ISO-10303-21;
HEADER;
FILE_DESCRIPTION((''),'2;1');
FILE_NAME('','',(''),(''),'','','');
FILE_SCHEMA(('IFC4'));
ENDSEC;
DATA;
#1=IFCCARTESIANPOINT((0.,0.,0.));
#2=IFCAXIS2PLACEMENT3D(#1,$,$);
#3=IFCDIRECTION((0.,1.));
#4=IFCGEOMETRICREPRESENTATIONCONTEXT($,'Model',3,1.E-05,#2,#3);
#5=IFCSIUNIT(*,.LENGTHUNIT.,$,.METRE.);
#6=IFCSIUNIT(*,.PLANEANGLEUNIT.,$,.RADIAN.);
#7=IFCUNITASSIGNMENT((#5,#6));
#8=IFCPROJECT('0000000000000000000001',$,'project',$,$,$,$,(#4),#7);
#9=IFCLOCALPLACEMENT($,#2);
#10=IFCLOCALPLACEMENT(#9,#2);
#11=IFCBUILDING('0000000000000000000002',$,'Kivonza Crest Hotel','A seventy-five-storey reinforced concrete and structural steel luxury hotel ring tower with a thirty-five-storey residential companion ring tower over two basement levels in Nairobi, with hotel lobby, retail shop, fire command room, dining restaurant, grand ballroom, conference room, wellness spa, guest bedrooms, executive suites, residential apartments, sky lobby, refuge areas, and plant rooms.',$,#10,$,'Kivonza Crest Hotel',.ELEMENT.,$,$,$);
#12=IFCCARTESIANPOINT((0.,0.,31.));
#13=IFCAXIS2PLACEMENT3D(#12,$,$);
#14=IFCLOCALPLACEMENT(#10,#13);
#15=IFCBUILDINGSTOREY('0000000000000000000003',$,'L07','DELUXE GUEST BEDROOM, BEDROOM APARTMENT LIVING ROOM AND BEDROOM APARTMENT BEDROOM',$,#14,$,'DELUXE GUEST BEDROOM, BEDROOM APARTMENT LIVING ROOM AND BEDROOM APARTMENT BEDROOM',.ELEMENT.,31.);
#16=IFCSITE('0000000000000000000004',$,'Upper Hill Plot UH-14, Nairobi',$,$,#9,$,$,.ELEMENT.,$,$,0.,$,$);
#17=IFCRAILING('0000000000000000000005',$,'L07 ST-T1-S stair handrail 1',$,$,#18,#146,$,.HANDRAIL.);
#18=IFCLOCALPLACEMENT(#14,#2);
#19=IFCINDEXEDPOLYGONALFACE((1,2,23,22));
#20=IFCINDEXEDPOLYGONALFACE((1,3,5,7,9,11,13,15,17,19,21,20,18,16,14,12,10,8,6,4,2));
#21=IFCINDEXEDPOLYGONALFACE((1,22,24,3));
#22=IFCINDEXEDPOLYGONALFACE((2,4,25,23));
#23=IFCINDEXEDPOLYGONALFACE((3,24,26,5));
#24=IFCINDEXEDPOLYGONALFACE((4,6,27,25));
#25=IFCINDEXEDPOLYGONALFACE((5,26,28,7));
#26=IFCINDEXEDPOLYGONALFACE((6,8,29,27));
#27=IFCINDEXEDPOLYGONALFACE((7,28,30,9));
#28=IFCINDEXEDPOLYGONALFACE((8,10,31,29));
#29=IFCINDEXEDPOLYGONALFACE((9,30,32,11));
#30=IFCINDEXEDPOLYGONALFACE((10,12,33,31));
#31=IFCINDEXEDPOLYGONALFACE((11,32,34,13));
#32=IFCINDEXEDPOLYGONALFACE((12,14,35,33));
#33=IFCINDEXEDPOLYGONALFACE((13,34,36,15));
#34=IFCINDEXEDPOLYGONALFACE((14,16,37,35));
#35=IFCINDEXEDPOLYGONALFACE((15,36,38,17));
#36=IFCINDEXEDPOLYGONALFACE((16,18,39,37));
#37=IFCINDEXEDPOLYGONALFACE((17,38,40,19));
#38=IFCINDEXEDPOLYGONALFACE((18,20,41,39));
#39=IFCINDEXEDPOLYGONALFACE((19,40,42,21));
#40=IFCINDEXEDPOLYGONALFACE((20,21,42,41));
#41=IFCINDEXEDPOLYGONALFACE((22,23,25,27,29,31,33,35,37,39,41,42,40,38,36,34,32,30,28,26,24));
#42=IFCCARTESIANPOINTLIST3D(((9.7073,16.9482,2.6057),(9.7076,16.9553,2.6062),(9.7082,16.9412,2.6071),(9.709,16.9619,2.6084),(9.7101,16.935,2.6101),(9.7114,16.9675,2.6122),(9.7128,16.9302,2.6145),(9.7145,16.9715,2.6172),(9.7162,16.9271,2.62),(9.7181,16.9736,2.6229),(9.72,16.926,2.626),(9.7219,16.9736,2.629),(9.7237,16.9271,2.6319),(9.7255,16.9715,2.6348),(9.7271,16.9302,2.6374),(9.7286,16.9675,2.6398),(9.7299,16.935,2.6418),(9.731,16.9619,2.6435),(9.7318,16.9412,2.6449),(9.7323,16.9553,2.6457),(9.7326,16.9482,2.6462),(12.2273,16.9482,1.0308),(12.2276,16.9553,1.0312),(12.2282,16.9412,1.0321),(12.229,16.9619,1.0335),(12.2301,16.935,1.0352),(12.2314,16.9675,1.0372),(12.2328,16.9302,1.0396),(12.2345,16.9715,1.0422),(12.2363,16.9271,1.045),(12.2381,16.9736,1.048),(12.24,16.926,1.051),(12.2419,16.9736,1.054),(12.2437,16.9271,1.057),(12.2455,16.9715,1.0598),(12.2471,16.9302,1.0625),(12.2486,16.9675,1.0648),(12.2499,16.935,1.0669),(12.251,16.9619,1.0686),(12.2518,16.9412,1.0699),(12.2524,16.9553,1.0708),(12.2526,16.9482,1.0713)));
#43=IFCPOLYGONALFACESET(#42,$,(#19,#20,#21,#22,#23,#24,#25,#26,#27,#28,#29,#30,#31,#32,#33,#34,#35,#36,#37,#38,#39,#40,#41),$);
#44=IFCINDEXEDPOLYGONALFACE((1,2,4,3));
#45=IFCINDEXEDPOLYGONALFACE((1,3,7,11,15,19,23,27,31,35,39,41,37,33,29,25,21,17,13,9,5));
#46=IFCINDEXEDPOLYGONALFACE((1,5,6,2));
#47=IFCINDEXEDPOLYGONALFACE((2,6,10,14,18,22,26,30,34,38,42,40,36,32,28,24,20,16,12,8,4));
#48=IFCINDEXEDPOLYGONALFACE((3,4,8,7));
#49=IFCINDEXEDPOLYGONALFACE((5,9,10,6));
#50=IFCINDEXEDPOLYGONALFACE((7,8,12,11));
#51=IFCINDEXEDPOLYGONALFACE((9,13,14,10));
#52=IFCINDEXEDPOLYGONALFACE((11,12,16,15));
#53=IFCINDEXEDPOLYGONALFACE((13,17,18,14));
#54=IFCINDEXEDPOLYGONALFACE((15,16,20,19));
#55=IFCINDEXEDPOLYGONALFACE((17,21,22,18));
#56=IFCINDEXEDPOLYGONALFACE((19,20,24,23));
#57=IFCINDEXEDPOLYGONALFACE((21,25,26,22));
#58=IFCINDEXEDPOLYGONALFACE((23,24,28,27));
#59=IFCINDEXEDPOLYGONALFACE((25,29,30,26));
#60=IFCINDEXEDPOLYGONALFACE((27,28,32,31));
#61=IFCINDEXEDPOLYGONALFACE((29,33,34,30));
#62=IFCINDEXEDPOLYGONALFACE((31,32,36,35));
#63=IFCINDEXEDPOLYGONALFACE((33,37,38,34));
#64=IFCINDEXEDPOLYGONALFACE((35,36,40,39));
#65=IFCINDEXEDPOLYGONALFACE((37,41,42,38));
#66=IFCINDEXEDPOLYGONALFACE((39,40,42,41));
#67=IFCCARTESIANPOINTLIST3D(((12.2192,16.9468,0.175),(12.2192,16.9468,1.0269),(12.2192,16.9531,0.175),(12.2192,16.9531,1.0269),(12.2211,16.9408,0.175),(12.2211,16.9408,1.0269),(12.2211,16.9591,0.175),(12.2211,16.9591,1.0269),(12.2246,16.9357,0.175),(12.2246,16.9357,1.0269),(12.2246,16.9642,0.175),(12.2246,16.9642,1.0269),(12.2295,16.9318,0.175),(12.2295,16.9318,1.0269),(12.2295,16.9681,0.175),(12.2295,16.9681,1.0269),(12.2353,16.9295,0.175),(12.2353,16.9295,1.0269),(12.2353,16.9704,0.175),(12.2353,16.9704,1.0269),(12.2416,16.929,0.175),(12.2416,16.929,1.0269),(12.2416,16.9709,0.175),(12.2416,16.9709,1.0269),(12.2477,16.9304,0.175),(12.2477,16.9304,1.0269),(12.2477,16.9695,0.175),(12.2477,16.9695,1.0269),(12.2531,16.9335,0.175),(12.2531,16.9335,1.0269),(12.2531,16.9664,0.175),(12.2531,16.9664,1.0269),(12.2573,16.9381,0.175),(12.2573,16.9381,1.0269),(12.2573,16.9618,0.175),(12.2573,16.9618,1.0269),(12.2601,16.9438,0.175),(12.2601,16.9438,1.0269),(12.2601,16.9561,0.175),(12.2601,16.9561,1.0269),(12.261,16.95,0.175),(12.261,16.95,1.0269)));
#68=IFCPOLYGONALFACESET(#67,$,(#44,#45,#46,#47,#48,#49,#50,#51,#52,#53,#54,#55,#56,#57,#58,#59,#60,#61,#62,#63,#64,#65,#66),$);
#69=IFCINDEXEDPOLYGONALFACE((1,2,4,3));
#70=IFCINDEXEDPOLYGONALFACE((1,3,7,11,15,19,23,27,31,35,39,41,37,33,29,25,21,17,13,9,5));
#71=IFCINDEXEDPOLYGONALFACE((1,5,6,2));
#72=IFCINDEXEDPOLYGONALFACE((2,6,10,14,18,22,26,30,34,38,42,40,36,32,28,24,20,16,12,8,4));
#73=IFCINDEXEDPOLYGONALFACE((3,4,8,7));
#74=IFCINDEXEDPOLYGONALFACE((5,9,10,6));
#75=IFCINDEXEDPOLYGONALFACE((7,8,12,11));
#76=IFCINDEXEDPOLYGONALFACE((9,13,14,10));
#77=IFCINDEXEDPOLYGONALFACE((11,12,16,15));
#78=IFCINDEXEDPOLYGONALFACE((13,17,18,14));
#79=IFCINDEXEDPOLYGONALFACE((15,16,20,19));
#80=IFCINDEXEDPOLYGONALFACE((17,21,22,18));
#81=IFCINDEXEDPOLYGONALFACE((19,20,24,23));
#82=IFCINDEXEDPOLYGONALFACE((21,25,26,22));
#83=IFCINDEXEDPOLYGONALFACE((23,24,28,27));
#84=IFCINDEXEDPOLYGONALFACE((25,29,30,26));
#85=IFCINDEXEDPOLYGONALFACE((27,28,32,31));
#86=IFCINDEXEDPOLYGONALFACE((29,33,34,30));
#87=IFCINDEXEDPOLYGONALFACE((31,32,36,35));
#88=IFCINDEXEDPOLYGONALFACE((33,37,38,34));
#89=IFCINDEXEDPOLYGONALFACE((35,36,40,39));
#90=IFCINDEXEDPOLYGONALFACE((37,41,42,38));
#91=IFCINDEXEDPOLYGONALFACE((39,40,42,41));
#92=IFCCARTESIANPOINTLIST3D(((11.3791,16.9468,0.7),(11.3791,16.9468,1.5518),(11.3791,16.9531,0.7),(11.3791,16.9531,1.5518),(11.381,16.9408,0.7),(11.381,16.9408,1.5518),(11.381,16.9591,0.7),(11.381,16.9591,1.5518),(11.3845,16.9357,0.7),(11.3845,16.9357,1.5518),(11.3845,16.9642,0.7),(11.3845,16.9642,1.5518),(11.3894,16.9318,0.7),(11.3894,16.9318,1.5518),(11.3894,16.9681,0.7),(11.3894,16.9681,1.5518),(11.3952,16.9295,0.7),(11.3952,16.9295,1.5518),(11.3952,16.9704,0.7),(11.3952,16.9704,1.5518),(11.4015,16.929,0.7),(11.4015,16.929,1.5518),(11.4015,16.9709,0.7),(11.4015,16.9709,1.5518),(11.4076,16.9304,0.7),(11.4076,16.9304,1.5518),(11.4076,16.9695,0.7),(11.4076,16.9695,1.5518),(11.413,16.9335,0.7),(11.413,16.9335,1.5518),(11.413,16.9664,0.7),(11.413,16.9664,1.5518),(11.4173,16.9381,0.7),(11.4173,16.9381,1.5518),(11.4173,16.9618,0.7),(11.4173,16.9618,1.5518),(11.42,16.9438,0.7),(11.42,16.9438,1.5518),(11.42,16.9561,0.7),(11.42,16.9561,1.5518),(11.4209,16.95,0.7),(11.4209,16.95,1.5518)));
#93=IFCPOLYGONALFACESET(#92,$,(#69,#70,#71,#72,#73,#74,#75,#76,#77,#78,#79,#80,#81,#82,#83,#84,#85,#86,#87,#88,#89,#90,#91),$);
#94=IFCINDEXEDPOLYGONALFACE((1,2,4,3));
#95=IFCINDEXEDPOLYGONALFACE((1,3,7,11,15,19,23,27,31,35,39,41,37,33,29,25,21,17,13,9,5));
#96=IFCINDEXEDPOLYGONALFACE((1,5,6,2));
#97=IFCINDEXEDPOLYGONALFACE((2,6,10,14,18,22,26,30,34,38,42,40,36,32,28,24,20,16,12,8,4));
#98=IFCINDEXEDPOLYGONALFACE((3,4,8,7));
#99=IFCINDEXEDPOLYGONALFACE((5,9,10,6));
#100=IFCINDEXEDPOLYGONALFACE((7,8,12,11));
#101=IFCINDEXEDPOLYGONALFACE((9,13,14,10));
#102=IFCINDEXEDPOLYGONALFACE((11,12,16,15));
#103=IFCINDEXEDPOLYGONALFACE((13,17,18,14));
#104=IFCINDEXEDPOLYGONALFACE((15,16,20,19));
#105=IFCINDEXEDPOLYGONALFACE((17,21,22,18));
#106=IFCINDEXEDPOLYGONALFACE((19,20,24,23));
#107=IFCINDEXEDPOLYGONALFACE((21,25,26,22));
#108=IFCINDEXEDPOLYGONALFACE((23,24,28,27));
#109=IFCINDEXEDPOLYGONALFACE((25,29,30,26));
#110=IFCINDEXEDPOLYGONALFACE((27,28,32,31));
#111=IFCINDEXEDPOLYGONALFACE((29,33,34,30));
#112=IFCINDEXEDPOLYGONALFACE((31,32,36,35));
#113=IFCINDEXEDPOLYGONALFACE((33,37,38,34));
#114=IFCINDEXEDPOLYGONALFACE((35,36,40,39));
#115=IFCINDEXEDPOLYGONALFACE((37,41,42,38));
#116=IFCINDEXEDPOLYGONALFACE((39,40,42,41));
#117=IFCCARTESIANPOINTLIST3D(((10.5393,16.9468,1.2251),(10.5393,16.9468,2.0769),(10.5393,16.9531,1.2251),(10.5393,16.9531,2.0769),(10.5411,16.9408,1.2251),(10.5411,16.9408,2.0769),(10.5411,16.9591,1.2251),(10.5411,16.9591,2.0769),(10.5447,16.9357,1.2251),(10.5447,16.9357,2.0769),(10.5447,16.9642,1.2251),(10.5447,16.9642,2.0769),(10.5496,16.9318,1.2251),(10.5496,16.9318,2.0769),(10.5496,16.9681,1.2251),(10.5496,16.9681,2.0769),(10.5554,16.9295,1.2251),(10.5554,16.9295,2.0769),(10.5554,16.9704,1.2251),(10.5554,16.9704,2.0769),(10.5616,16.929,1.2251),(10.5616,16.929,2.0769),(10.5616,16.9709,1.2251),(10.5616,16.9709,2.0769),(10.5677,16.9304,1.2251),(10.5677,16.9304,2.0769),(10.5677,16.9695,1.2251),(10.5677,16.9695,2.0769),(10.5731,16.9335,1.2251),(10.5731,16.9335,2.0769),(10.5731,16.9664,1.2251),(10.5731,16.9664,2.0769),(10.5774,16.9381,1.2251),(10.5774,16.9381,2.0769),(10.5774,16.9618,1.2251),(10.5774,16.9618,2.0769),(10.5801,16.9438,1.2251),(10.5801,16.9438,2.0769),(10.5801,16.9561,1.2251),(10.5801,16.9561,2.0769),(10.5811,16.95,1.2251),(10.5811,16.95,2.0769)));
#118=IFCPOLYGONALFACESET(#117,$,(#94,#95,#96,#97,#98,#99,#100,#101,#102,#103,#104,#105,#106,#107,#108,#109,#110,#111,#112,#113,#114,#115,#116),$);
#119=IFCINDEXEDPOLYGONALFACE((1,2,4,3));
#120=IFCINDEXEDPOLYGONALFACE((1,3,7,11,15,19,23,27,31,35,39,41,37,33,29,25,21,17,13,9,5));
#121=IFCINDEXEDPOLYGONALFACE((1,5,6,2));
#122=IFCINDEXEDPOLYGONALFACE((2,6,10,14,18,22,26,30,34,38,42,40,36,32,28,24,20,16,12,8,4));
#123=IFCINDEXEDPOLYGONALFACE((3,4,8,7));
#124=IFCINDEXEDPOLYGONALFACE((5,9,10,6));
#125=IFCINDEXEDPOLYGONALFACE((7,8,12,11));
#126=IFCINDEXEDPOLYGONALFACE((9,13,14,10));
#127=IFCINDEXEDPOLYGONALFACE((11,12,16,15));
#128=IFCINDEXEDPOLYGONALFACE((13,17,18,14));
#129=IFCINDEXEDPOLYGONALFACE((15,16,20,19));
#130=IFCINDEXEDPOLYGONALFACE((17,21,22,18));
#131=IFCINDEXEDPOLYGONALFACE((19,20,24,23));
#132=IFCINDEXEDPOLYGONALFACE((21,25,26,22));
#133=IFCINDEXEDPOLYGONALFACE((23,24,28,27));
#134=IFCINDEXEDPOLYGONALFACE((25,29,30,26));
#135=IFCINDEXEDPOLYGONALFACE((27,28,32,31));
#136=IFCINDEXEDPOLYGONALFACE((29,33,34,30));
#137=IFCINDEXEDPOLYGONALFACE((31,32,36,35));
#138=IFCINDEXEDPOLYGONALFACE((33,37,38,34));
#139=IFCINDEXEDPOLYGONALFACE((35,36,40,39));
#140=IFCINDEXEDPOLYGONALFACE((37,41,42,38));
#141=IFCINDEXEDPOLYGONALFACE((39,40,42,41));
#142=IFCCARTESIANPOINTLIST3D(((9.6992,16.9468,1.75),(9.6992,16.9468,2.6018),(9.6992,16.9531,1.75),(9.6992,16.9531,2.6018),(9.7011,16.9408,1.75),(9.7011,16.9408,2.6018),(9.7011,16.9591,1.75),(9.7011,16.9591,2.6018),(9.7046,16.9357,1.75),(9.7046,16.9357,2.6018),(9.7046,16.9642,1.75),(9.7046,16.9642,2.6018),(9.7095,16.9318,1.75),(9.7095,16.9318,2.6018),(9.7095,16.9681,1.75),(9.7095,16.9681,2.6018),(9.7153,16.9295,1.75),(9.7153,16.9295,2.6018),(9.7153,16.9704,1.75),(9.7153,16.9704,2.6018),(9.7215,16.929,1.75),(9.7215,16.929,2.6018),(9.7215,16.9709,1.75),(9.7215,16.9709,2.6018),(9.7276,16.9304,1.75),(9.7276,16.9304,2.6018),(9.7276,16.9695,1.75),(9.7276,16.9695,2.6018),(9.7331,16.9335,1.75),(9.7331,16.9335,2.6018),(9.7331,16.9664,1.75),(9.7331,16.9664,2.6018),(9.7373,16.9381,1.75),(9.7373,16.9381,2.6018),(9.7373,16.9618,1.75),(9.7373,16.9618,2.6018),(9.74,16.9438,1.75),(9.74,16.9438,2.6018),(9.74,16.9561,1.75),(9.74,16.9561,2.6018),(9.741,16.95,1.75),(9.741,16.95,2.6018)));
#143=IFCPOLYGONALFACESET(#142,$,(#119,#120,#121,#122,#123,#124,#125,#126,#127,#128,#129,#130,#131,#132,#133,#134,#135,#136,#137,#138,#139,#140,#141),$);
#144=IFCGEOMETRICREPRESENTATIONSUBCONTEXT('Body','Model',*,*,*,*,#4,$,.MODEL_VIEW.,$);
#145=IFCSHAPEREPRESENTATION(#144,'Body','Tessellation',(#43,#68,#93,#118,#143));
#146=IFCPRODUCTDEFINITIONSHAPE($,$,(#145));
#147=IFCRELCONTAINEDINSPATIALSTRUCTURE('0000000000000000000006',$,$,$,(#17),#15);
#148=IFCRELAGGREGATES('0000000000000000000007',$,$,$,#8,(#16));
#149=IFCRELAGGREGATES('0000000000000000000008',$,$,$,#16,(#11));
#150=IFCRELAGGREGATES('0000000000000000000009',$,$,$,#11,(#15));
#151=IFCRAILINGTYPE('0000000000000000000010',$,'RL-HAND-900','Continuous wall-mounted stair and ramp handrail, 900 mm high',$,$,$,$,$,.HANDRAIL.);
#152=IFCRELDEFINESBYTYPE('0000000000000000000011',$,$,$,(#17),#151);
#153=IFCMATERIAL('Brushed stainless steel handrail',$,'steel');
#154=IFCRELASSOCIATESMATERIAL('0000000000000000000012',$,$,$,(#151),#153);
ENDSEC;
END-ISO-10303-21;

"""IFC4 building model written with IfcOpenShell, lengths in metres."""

from ifc_helpers import new_model, si_unit, direction, frame, origin, origin_2d, place, context, subcontext, project, spatial, circle, extrude, material, type_object, element, save


model = new_model("IFC4")

# Units and contexts
model_context = context("Model", 3, precision=1e-05, world=origin(), true_north=direction((0.0, 1.0)))
body_context = subcontext(model_context, "Body", "Model", "MODEL_VIEW")
ifc_project = project(units=[si_unit("LENGTHUNIT", "METRE"), si_unit("PLANEANGLEUNIT", "RADIAN")], contexts=[model_context])

# Site, building, storey
site_placement = place(None, origin())
site = spatial("IfcSite", under=ifc_project, at=site_placement, Name="Upper Hill Plot UH-14, Nairobi", CompositionType="ELEMENT", RefElevation=0.0)
building_placement = place(site_placement, origin())
building = spatial("IfcBuilding", under=site, at=building_placement, Name="Kivonza Crest Hotel", Description="A seventy-five-storey reinforced concrete and structural steel luxury hotel ring tower with a thirty-five-storey residential companion ring tower over two basement levels in Nairobi, with hotel lobby, retail shop, fire command room, dining restaurant, grand ballroom, conference room, wellness spa, guest bedrooms, executive suites, residential apartments, sky lobby, refuge areas, and plant rooms.", LongName="Kivonza Crest Hotel", CompositionType="ELEMENT")
storey_placement = place(building_placement, frame((0.0, 0.0, 31.0)))
storey = spatial("IfcBuildingStorey", under=building, at=storey_placement, Name="L07", Description="DELUXE GUEST BEDROOM, BEDROOM APARTMENT LIVING ROOM AND BEDROOM APARTMENT BEDROOM", LongName="DELUXE GUEST BEDROOM, BEDROOM APARTMENT LIVING ROOM AND BEDROOM APARTMENT BEDROOM", CompositionType="ELEMENT", Elevation=31.0)

# Railing
ifc_material_1 = material(Name="Brushed stainless steel handrail", Category="steel")
railing_type_1 = type_object("IfcRailingType", Name="RL-HAND-900", Description="Continuous wall-mounted stair and ramp handrail, 900 mm high", PredefinedType="HANDRAIL", material=ifc_material_1)
railing_1_placement = place(storey_placement, frame((12.24, 16.95, 0.175)))
element("IfcRailing", 1, at=railing_1_placement, inside=storey, type_object=railing_type_1, Name="L07 ST-T1-S stair handrail 1", PredefinedType="HANDRAIL", context=body_context, shape_type="SweptSolid", body=[
    extrude(circle(Radius=0.0239, at=origin_2d()), frame((0.0, 0.0, 0.876), z_axis=(-0.848008, 0.0, 0.529984), x_axis=(0.0, -1.0, 0.0)), (0.0, 0.0, 1.0), 2.9717),
    extrude(circle(Radius=0.021, at=origin_2d()), origin(), (0.0, 0.0, 1.0), 0.8518),
    extrude(circle(Radius=0.021, at=origin_2d()), frame((-0.8401, 0.0, 0.5249)), (0.0, 0.0, 1.0), 0.8518),
    extrude(circle(Radius=0.021, at=origin_2d()), frame((-1.6799, 0.0, 1.05)), (0.0, 0.0, 1.0), 0.8518),
    extrude(circle(Radius=0.021, at=origin_2d()), frame((-2.52, 0.0, 1.575)), (0.0, 0.0, 1.0), 0.8518),
])

save(model, "model.ifc")
